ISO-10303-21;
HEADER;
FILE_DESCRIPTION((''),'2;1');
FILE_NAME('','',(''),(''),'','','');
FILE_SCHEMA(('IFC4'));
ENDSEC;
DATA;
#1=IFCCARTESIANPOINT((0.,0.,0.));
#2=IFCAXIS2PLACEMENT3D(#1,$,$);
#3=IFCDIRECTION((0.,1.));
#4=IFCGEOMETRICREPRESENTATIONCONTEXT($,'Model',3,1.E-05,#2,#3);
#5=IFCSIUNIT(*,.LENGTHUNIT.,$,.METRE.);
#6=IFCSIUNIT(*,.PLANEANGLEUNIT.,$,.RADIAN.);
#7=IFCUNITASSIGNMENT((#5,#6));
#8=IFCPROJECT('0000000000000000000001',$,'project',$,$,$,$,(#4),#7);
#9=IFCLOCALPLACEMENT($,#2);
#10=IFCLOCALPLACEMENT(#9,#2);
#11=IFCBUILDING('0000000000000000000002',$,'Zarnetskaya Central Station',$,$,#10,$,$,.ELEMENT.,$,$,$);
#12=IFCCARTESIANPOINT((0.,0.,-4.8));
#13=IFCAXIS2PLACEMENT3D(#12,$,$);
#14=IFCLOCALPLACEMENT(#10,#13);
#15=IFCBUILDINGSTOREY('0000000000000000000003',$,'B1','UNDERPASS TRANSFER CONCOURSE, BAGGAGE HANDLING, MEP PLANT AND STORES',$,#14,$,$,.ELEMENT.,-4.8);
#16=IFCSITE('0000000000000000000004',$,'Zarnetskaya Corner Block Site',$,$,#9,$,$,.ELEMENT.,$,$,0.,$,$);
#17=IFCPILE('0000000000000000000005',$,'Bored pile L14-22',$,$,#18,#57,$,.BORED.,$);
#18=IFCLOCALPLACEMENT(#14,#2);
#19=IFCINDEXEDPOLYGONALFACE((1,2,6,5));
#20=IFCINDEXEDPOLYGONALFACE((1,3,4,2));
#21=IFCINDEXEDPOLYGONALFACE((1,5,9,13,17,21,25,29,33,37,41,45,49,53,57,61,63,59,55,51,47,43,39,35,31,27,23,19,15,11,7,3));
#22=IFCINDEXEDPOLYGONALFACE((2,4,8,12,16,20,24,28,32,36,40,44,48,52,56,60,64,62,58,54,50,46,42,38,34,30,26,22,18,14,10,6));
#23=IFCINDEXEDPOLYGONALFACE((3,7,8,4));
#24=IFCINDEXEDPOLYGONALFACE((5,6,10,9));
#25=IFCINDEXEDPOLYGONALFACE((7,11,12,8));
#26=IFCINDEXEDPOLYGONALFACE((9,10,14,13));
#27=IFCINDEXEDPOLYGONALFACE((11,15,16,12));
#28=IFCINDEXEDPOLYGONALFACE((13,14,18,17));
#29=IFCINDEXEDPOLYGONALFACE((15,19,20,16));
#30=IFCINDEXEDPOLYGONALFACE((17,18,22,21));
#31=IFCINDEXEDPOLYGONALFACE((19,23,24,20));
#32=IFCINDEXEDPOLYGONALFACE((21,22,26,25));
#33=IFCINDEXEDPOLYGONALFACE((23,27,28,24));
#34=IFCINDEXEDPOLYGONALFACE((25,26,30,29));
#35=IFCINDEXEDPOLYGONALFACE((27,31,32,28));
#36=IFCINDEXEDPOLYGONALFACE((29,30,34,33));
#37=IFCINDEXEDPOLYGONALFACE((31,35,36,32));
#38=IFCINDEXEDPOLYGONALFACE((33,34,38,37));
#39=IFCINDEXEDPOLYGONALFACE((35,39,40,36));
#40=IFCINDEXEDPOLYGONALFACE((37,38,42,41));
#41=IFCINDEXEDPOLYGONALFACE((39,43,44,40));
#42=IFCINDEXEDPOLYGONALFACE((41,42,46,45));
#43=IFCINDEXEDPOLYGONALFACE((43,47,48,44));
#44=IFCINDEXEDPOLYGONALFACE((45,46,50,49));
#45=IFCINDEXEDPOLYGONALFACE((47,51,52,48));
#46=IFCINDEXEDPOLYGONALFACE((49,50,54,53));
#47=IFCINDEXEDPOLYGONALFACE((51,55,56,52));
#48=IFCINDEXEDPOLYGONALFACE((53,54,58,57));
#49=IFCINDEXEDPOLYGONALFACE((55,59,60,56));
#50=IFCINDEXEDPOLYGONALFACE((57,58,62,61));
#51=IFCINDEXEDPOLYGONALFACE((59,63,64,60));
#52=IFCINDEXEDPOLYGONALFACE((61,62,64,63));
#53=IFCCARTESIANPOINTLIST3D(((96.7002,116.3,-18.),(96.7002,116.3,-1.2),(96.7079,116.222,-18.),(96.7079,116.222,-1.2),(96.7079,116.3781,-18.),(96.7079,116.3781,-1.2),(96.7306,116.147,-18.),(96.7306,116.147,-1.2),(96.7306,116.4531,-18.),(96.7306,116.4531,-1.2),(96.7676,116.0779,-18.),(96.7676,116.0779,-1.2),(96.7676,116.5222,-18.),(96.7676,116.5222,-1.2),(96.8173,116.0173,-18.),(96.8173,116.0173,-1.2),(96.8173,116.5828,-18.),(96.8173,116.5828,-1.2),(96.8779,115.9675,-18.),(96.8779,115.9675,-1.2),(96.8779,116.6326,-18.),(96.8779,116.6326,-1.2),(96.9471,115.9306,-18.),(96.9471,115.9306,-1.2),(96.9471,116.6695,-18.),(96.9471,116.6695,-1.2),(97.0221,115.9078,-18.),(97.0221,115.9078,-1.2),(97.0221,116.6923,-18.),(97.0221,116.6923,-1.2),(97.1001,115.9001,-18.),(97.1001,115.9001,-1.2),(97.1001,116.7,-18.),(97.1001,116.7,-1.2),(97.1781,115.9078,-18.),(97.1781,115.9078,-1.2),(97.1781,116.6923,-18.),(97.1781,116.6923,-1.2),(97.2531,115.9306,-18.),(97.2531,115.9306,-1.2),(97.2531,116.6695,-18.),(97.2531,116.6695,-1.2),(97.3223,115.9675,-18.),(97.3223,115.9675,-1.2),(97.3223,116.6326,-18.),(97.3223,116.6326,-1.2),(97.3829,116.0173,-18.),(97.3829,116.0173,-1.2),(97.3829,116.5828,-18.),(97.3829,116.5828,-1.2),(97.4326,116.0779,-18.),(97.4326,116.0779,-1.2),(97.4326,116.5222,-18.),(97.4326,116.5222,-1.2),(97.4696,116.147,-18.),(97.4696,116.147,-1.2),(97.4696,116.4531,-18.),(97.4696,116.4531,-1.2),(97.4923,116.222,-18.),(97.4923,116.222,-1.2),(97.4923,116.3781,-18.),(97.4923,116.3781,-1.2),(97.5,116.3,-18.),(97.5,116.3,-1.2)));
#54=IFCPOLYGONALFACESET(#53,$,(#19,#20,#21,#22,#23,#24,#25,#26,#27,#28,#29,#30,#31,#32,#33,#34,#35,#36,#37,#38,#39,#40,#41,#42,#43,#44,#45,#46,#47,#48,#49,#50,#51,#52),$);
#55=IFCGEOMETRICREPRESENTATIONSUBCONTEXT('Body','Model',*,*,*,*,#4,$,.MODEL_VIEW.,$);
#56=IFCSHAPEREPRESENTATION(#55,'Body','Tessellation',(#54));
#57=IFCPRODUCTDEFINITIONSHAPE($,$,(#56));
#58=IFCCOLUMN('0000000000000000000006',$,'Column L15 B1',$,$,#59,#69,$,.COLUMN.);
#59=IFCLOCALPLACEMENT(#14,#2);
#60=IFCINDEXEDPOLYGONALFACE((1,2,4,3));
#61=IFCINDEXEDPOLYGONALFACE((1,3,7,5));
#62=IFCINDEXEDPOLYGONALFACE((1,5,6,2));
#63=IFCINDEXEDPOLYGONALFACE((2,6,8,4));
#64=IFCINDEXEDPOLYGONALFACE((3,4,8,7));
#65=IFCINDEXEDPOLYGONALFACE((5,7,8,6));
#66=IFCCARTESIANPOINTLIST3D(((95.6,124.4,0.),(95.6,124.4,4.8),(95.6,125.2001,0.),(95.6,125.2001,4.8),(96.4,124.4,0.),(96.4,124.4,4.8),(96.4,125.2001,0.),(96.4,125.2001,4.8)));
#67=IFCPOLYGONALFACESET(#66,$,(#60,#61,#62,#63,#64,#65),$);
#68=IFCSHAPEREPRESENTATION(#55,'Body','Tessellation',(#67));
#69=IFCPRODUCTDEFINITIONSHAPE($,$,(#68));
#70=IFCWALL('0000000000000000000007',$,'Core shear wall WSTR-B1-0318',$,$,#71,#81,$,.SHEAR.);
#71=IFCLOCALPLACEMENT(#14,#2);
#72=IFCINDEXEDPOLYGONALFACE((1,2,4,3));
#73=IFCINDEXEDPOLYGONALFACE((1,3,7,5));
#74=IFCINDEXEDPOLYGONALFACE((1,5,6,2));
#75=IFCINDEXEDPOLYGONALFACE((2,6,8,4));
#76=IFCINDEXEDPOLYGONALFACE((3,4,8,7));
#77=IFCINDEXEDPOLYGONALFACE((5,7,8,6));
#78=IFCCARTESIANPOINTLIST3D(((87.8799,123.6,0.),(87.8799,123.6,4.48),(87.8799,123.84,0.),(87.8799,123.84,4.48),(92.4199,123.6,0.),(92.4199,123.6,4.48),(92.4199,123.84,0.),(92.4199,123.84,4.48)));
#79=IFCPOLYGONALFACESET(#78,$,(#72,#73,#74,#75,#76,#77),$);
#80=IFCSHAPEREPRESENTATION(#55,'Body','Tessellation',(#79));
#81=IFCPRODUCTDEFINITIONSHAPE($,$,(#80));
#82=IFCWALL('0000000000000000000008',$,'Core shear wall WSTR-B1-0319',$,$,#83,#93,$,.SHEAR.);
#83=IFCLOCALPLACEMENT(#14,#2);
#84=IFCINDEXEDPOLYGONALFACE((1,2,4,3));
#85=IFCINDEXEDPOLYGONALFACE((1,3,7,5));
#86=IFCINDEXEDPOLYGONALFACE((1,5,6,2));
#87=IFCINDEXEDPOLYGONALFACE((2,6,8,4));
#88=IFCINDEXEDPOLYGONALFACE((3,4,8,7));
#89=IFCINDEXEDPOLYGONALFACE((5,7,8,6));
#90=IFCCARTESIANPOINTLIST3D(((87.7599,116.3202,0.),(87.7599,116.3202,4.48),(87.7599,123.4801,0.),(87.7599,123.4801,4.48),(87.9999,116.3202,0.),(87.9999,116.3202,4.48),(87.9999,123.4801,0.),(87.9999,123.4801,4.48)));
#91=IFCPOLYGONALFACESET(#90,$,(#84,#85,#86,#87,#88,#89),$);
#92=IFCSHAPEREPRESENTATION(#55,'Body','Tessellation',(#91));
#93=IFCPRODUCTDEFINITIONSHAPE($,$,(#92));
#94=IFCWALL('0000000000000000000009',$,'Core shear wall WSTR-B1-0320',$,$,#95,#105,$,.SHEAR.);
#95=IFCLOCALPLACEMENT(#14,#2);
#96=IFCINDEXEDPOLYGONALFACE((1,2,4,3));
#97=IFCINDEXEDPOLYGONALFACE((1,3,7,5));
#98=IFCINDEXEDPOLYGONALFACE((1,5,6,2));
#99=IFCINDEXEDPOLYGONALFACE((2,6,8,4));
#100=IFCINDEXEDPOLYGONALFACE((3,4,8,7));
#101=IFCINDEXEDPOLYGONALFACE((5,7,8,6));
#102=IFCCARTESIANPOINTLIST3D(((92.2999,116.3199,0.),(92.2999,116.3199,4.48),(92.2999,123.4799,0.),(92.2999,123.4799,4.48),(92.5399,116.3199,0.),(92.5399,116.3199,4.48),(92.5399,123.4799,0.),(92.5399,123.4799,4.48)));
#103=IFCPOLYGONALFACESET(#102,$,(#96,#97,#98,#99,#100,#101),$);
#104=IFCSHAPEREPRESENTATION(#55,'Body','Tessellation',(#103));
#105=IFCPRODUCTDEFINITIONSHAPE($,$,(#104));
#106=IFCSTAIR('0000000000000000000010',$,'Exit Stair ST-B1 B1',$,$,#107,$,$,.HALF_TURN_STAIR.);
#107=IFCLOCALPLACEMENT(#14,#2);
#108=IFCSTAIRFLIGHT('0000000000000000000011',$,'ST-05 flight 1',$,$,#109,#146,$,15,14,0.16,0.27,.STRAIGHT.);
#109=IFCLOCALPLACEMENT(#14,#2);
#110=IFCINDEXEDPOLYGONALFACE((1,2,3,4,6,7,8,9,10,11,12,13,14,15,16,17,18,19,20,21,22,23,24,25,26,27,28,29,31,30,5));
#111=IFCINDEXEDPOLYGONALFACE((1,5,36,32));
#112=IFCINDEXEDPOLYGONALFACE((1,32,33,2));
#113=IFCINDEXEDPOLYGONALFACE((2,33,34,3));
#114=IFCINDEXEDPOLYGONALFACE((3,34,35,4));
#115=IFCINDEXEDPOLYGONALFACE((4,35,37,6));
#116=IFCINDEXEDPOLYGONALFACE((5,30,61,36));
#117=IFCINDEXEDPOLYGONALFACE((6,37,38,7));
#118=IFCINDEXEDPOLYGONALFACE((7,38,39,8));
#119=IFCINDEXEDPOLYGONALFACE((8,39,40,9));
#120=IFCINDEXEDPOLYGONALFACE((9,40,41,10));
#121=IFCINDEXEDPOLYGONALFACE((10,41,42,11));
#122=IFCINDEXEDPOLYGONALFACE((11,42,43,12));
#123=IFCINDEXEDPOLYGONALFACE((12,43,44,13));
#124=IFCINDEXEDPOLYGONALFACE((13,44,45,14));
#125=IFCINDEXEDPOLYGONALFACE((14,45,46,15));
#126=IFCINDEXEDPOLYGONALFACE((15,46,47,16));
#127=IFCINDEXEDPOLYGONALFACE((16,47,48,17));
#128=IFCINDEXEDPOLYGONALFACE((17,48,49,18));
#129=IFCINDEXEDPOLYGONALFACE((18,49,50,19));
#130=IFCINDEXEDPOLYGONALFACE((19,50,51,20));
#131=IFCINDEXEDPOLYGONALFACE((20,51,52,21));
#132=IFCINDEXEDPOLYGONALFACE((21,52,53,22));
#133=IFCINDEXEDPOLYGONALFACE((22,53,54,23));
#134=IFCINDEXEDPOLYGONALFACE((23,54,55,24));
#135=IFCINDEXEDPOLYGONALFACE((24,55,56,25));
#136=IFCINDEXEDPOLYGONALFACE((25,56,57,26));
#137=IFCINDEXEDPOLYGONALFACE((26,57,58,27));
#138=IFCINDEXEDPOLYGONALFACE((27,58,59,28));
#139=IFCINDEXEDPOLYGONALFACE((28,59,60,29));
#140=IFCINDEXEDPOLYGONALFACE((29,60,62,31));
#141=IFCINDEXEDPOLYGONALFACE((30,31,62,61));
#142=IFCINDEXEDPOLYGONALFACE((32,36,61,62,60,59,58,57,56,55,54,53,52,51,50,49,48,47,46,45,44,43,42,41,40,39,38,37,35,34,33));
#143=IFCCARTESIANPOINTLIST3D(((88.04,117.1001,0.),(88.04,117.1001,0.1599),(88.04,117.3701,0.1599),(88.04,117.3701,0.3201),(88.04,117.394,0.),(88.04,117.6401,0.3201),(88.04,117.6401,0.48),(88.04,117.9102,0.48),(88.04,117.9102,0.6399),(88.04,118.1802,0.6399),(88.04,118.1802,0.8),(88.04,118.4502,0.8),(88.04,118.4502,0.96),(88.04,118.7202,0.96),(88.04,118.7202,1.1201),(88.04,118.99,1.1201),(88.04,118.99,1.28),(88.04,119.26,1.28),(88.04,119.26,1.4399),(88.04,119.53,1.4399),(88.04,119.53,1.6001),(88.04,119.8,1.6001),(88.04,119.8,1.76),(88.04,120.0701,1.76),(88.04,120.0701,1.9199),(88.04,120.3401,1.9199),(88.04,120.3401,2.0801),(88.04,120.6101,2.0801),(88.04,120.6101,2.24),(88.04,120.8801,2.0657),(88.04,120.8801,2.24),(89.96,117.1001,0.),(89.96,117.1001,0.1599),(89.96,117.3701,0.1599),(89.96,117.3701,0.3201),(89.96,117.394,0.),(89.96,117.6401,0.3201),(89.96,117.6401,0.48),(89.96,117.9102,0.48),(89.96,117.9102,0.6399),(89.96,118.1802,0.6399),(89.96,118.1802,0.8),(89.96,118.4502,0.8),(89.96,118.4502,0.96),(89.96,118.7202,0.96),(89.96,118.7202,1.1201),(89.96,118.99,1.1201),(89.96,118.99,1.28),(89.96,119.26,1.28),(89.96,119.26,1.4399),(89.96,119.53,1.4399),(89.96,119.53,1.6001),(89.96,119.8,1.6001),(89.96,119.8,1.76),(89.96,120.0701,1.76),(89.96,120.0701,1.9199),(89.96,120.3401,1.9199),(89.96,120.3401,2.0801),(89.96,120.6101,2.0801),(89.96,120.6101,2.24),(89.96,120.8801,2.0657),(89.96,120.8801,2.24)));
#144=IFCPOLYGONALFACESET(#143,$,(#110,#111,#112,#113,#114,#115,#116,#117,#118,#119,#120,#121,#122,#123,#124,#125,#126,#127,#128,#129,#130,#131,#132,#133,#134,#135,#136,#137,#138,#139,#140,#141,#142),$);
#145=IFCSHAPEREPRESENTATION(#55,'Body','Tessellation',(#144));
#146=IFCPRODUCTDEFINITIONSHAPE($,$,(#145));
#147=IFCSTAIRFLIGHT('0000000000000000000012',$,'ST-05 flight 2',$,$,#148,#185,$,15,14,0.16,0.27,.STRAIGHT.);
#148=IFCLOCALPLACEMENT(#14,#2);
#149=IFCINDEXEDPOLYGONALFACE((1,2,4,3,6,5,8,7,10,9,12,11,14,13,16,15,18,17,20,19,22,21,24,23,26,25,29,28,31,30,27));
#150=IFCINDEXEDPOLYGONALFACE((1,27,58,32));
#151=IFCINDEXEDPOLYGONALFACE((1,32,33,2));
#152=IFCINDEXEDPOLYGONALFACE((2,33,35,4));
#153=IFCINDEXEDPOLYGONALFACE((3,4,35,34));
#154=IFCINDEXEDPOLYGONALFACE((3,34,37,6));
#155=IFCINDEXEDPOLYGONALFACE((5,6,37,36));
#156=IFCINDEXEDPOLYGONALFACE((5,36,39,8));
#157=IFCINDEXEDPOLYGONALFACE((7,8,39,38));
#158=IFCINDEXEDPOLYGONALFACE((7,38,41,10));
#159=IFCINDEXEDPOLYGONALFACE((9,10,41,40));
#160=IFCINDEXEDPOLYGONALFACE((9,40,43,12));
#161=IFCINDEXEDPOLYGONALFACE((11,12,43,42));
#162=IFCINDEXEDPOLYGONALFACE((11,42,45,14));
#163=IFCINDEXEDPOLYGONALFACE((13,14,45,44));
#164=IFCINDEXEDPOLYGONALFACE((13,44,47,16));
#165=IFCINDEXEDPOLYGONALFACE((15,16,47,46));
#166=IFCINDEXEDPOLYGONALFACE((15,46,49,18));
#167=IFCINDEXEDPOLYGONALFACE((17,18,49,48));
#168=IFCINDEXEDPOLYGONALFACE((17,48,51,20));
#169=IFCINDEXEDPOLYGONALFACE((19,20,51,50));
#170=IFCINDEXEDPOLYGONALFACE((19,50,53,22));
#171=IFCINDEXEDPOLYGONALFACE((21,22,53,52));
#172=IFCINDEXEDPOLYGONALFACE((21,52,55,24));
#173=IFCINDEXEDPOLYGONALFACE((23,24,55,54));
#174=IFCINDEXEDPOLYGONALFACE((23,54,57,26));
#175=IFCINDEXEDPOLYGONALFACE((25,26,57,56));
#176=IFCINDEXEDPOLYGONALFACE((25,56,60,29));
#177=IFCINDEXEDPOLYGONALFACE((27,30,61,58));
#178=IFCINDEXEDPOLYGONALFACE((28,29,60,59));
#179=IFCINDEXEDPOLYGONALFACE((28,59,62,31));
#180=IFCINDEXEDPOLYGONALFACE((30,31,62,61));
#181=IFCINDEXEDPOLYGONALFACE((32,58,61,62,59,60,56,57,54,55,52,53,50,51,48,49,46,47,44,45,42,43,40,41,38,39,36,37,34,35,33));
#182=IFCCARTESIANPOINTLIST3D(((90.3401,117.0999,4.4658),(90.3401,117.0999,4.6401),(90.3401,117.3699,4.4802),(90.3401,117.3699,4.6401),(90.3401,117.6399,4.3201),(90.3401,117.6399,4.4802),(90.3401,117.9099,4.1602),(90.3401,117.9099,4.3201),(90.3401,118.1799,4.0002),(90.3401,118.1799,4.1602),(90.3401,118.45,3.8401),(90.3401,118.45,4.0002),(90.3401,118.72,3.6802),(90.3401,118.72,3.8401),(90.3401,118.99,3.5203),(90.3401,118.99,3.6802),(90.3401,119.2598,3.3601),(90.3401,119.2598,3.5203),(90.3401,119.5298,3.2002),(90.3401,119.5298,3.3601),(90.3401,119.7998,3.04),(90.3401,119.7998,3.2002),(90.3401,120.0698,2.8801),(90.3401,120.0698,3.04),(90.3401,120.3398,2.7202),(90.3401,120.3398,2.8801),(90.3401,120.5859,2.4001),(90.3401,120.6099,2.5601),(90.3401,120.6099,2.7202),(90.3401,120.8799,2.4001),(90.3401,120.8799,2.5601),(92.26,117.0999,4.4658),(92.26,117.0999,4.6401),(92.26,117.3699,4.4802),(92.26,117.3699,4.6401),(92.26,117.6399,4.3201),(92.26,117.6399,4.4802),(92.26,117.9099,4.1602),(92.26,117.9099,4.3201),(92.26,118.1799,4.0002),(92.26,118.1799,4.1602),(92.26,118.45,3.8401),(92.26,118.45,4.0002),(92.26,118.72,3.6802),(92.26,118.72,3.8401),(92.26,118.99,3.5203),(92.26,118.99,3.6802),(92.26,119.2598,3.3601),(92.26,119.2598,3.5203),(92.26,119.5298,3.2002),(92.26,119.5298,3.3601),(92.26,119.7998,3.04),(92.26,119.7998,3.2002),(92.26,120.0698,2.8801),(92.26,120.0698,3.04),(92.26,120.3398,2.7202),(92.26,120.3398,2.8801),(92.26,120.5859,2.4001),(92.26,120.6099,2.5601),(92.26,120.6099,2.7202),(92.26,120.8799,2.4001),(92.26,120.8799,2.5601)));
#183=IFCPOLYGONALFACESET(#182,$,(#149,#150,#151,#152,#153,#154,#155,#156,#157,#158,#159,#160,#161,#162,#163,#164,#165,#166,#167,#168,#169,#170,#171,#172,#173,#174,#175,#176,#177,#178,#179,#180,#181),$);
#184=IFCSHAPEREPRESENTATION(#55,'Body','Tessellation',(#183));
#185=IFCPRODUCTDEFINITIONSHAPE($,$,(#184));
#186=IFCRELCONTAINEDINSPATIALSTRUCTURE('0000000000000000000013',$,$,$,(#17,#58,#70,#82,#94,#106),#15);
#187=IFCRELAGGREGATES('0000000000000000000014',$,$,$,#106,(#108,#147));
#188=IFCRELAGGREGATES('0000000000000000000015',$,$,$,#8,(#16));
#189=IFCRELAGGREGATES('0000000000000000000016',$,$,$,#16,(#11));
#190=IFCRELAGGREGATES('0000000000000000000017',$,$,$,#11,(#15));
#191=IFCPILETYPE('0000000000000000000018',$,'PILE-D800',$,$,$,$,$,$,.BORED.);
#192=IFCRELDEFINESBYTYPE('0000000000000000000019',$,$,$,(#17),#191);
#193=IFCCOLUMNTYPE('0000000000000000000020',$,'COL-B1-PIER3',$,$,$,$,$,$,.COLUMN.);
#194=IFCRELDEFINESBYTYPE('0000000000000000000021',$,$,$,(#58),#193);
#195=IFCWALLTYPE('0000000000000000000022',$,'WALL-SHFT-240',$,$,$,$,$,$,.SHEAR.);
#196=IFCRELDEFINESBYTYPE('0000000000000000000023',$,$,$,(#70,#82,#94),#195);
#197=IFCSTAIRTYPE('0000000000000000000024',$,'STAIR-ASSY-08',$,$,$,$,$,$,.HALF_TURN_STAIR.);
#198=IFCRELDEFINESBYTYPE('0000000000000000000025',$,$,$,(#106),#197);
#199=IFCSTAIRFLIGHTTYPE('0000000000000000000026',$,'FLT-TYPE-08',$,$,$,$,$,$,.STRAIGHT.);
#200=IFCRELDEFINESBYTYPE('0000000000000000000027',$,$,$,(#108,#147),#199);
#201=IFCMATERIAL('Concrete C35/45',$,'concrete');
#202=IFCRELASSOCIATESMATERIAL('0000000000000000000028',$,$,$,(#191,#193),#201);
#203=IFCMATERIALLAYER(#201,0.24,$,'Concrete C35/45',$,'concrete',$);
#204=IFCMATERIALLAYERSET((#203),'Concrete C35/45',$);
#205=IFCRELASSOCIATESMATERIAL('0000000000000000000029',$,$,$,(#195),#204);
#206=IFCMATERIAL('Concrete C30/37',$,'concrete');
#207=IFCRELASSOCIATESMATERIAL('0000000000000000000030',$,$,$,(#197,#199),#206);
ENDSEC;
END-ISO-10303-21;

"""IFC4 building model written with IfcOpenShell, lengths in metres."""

from ifc_helpers import new_model, si_unit, direction, frame, frame_2d, origin, origin_2d, place, context, subcontext, project, spatial, polyline, rectangle, circle, outline, extrude, material, layer, layer_set, material_profile, profile_set, type_object, element, aggregate, save


model = new_model("IFC4")

# Units and contexts
model_context = context("Model", 3, precision=1e-05, world=origin(), true_north=direction((0.0, 1.0)))
body_context = subcontext(model_context, "Body", "Model", "MODEL_VIEW")
ifc_project = project(units=[si_unit("LENGTHUNIT", "METRE"), si_unit("PLANEANGLEUNIT", "RADIAN")], contexts=[model_context])

# Site, building, storey
site_placement = place(None, origin())
site = spatial("IfcSite", under=ifc_project, at=site_placement, Name="Zarnetskaya Corner Block Site", CompositionType="ELEMENT", RefElevation=0.0)
building_placement = place(site_placement, origin())
building = spatial("IfcBuilding", under=site, at=building_placement, Name="Zarnetskaya Central Station", CompositionType="ELEMENT")
storey_placement = place(building_placement, frame((0.0, 0.0, -4.8)))
storey = spatial("IfcBuildingStorey", under=building, at=storey_placement, Name="B1", Description="UNDERPASS TRANSFER CONCOURSE, BAGGAGE HANDLING, MEP PLANT AND STORES", CompositionType="ELEMENT", Elevation=-4.8)

# Shared definitions
ifc_material_1 = material(Name="Concrete C35/45", Category="concrete")

# Pile
ifc_material_profile_1 = material_profile(ifc_material_1, circle(Radius=0.3999, at=origin_2d()), Name="BORED PILE D800")
ifc_profile_set_1 = profile_set([ifc_material_profile_1], Name="Concrete C35/45")
pile_type_1 = type_object("IfcPileType", Name="PILE-D800", PredefinedType="BORED", material=ifc_profile_set_1)
pile_placement = place(storey_placement, frame((97.1001, 116.3, -1.2), z_axis=(0.0, 0.0, -1.0), x_axis=(1.0, 0.0, 0.0)))
element("IfcPile", 1, at=pile_placement, inside=storey, type_object=pile_type_1, Name="Bored pile L14-22", PredefinedType="BORED", context=body_context, shape_type="SweptSolid", body=[
    extrude(circle(Radius=0.3999, at=origin_2d()), origin(), (0.0, 0.0, 1.0), 16.8),
])

# Column
ifc_material_profile_2 = material_profile(ifc_material_1, rectangle(XDim=0.8, YDim=0.8, at=origin_2d()), Name="RC 800x800")
ifc_profile_set_2 = profile_set([ifc_material_profile_2], Name="Concrete C35/45")
column_type = type_object("IfcColumnType", Name="COL-B1-PIER3", PredefinedType="COLUMN", material=ifc_profile_set_2)
column_placement = place(storey_placement, frame((96.0, 124.8, 0.0), z_axis=(0.0, 0.0, 1.0), x_axis=(1.0, 0.0, 0.0)))
element("IfcColumn", 2, at=column_placement, inside=storey, type_object=column_type, Name="Column L15 B1", PredefinedType="COLUMN", context=body_context, shape_type="SweptSolid", body=[
    extrude(rectangle(XDim=0.8, YDim=0.8, at=origin_2d()), origin(), (0.0, 0.0, 1.0), 4.8),
])

# Walls
ifc_layer = layer(ifc_material_1, 0.24, Name="Concrete C35/45", Category="concrete")
ifc_layer_set = layer_set([ifc_layer], Name="Concrete C35/45")
wall_type = type_object("IfcWallType", Name="WALL-SHFT-240", PredefinedType="SHEAR", material=ifc_layer_set)
wall_placement = place(storey_placement, frame((87.8799, 123.72, 0.0), z_axis=(0.0, 0.0, 1.0), x_axis=(1.0, 0.0, 0.0)))
element("IfcWall", 3, at=wall_placement, inside=storey, type_object=wall_type, Name="Core shear wall WSTR-B1-0318", PredefinedType="SHEAR", context=body_context, shape_type="SweptSolid", body=[
    extrude(rectangle(XDim=4.54, YDim=0.24, at=frame_2d((2.27, 0.0))), origin(), (0.0, 0.0, 1.0), 4.48),
])
for number, where, z_axis, x_axis, name in (
    (4, (87.8799, 116.3201, 0.0), (0.0, 0.0, 1.0), (0.0, 1.0, 0.0), "Core shear wall WSTR-B1-0319"),
    (5, (92.4199, 123.48, 0.0), (0.0, 0.0, 1.0), (0.0, -1.0, 0.0), "Core shear wall WSTR-B1-0320"),
):
    element("IfcWall", number, at=place(storey_placement, frame(where, z_axis=z_axis, x_axis=x_axis)), inside=storey, type_object=wall_type, Name=name, PredefinedType="SHEAR", context=body_context, shape_type="SweptSolid", body=[
        extrude(rectangle(XDim=7.1599, YDim=0.24, at=frame_2d((3.5801, 0.0))), origin(), (0.0, 0.0, 1.0), 4.48),
    ])

# Stair, stair flights
ifc_material_2 = material(Name="Concrete C30/37", Category="concrete")
stair_type = type_object("IfcStairType", Name="STAIR-ASSY-08", PredefinedType="HALF_TURN_STAIR", material=ifc_material_2)
stair_placement = place(storey_placement, origin())
stair = element("IfcStair", 6, at=stair_placement, inside=storey, type_object=stair_type, Name="Exit Stair ST-B1 B1", PredefinedType="HALF_TURN_STAIR")
stair_flight_type = type_object("IfcStairFlightType", Name="FLT-TYPE-08", PredefinedType="STRAIGHT", material=ifc_material_2)
stair_flight_1_placement = place(storey_placement, frame((89.0, 117.1001, 0.0), z_axis=(0.0, 0.0, 1.0), x_axis=(0.0, 1.0, 0.0)))
stair_flight_1 = element("IfcStairFlight", 7, at=stair_flight_1_placement, type_object=stair_flight_type, Name="ST-05 flight 1", NumberOfRisers=15, NumberOfTreads=14, PredefinedType="STRAIGHT", RiserHeight=0.16, TreadLength=0.27, context=body_context, shape_type="SweptSolid", body=[
    extrude(outline(polyline([(0.0, 0.0), (0.0, 0.1599), (0.27, 0.1599), (0.27, 0.3201), (0.54, 0.3201), (0.54, 0.48), (0.8101, 0.48), (0.8101, 0.6399), (1.0801, 0.6399), (1.0801, 0.8), (1.3501, 0.8), (1.3501, 0.96), (1.6201, 0.96), (1.6201, 1.1201), (1.8899, 1.1201), (1.8899, 1.28), (2.1599, 1.28), (2.1599, 1.4399), (2.4299, 1.4399), (2.4299, 1.6001), (2.7, 1.6001), (2.7, 1.76), (2.97, 1.76), (2.97, 1.9199), (3.24, 1.9199), (3.24, 2.0801), (3.51, 2.0801), (3.51, 2.24), (3.78, 2.24), (3.78, 2.3999), (3.78, 2.0657), (0.2939, 0.0), (0.0, 0.0)])), frame((0.0, 0.96, 0.0), z_axis=(0.0, -1.0, 0.0), x_axis=(1.0, 0.0, 0.0)), (0.0, 0.0, 1.0), 1.9199),
])
stair_flight_2_placement = place(storey_placement, frame((91.3, 120.8799, 2.4001), z_axis=(0.0, 0.0, 1.0), x_axis=(0.0, -1.0, 0.0)))
stair_flight_2 = element("IfcStairFlight", 8, at=stair_flight_2_placement, type_object=stair_flight_type, Name="ST-05 flight 2", NumberOfRisers=15, NumberOfTreads=14, PredefinedType="STRAIGHT", RiserHeight=0.16, TreadLength=0.27, context=body_context, shape_type="SweptSolid", body=[
    extrude(outline(polyline([(0.0, 0.0), (0.0, 0.1599), (0.27, 0.1599), (0.27, 0.3201), (0.54, 0.3201), (0.54, 0.48), (0.8101, 0.48), (0.8101, 0.6399), (1.0801, 0.6399), (1.0801, 0.8), (1.3501, 0.8), (1.3501, 0.96), (1.6201, 0.96), (1.6201, 1.1201), (1.8899, 1.1201), (1.8899, 1.28), (2.1599, 1.28), (2.1599, 1.4399), (2.4299, 1.4399), (2.4299, 1.6001), (2.7, 1.6001), (2.7, 1.76), (2.97, 1.76), (2.97, 1.9199), (3.24, 1.9199), (3.24, 2.0801), (3.51, 2.0801), (3.51, 2.24), (3.78, 2.24), (3.78, 2.3999), (3.78, 2.0657), (0.2939, 0.0), (0.0, 0.0)])), frame((0.0, 0.96, 0.0), z_axis=(0.0, -1.0, 0.0), x_axis=(1.0, 0.0, 0.0)), (0.0, 0.0, 1.0), 1.9199),
])
aggregate(stair, [stair_flight_1, stair_flight_2])

save(model, "model.ifc")
